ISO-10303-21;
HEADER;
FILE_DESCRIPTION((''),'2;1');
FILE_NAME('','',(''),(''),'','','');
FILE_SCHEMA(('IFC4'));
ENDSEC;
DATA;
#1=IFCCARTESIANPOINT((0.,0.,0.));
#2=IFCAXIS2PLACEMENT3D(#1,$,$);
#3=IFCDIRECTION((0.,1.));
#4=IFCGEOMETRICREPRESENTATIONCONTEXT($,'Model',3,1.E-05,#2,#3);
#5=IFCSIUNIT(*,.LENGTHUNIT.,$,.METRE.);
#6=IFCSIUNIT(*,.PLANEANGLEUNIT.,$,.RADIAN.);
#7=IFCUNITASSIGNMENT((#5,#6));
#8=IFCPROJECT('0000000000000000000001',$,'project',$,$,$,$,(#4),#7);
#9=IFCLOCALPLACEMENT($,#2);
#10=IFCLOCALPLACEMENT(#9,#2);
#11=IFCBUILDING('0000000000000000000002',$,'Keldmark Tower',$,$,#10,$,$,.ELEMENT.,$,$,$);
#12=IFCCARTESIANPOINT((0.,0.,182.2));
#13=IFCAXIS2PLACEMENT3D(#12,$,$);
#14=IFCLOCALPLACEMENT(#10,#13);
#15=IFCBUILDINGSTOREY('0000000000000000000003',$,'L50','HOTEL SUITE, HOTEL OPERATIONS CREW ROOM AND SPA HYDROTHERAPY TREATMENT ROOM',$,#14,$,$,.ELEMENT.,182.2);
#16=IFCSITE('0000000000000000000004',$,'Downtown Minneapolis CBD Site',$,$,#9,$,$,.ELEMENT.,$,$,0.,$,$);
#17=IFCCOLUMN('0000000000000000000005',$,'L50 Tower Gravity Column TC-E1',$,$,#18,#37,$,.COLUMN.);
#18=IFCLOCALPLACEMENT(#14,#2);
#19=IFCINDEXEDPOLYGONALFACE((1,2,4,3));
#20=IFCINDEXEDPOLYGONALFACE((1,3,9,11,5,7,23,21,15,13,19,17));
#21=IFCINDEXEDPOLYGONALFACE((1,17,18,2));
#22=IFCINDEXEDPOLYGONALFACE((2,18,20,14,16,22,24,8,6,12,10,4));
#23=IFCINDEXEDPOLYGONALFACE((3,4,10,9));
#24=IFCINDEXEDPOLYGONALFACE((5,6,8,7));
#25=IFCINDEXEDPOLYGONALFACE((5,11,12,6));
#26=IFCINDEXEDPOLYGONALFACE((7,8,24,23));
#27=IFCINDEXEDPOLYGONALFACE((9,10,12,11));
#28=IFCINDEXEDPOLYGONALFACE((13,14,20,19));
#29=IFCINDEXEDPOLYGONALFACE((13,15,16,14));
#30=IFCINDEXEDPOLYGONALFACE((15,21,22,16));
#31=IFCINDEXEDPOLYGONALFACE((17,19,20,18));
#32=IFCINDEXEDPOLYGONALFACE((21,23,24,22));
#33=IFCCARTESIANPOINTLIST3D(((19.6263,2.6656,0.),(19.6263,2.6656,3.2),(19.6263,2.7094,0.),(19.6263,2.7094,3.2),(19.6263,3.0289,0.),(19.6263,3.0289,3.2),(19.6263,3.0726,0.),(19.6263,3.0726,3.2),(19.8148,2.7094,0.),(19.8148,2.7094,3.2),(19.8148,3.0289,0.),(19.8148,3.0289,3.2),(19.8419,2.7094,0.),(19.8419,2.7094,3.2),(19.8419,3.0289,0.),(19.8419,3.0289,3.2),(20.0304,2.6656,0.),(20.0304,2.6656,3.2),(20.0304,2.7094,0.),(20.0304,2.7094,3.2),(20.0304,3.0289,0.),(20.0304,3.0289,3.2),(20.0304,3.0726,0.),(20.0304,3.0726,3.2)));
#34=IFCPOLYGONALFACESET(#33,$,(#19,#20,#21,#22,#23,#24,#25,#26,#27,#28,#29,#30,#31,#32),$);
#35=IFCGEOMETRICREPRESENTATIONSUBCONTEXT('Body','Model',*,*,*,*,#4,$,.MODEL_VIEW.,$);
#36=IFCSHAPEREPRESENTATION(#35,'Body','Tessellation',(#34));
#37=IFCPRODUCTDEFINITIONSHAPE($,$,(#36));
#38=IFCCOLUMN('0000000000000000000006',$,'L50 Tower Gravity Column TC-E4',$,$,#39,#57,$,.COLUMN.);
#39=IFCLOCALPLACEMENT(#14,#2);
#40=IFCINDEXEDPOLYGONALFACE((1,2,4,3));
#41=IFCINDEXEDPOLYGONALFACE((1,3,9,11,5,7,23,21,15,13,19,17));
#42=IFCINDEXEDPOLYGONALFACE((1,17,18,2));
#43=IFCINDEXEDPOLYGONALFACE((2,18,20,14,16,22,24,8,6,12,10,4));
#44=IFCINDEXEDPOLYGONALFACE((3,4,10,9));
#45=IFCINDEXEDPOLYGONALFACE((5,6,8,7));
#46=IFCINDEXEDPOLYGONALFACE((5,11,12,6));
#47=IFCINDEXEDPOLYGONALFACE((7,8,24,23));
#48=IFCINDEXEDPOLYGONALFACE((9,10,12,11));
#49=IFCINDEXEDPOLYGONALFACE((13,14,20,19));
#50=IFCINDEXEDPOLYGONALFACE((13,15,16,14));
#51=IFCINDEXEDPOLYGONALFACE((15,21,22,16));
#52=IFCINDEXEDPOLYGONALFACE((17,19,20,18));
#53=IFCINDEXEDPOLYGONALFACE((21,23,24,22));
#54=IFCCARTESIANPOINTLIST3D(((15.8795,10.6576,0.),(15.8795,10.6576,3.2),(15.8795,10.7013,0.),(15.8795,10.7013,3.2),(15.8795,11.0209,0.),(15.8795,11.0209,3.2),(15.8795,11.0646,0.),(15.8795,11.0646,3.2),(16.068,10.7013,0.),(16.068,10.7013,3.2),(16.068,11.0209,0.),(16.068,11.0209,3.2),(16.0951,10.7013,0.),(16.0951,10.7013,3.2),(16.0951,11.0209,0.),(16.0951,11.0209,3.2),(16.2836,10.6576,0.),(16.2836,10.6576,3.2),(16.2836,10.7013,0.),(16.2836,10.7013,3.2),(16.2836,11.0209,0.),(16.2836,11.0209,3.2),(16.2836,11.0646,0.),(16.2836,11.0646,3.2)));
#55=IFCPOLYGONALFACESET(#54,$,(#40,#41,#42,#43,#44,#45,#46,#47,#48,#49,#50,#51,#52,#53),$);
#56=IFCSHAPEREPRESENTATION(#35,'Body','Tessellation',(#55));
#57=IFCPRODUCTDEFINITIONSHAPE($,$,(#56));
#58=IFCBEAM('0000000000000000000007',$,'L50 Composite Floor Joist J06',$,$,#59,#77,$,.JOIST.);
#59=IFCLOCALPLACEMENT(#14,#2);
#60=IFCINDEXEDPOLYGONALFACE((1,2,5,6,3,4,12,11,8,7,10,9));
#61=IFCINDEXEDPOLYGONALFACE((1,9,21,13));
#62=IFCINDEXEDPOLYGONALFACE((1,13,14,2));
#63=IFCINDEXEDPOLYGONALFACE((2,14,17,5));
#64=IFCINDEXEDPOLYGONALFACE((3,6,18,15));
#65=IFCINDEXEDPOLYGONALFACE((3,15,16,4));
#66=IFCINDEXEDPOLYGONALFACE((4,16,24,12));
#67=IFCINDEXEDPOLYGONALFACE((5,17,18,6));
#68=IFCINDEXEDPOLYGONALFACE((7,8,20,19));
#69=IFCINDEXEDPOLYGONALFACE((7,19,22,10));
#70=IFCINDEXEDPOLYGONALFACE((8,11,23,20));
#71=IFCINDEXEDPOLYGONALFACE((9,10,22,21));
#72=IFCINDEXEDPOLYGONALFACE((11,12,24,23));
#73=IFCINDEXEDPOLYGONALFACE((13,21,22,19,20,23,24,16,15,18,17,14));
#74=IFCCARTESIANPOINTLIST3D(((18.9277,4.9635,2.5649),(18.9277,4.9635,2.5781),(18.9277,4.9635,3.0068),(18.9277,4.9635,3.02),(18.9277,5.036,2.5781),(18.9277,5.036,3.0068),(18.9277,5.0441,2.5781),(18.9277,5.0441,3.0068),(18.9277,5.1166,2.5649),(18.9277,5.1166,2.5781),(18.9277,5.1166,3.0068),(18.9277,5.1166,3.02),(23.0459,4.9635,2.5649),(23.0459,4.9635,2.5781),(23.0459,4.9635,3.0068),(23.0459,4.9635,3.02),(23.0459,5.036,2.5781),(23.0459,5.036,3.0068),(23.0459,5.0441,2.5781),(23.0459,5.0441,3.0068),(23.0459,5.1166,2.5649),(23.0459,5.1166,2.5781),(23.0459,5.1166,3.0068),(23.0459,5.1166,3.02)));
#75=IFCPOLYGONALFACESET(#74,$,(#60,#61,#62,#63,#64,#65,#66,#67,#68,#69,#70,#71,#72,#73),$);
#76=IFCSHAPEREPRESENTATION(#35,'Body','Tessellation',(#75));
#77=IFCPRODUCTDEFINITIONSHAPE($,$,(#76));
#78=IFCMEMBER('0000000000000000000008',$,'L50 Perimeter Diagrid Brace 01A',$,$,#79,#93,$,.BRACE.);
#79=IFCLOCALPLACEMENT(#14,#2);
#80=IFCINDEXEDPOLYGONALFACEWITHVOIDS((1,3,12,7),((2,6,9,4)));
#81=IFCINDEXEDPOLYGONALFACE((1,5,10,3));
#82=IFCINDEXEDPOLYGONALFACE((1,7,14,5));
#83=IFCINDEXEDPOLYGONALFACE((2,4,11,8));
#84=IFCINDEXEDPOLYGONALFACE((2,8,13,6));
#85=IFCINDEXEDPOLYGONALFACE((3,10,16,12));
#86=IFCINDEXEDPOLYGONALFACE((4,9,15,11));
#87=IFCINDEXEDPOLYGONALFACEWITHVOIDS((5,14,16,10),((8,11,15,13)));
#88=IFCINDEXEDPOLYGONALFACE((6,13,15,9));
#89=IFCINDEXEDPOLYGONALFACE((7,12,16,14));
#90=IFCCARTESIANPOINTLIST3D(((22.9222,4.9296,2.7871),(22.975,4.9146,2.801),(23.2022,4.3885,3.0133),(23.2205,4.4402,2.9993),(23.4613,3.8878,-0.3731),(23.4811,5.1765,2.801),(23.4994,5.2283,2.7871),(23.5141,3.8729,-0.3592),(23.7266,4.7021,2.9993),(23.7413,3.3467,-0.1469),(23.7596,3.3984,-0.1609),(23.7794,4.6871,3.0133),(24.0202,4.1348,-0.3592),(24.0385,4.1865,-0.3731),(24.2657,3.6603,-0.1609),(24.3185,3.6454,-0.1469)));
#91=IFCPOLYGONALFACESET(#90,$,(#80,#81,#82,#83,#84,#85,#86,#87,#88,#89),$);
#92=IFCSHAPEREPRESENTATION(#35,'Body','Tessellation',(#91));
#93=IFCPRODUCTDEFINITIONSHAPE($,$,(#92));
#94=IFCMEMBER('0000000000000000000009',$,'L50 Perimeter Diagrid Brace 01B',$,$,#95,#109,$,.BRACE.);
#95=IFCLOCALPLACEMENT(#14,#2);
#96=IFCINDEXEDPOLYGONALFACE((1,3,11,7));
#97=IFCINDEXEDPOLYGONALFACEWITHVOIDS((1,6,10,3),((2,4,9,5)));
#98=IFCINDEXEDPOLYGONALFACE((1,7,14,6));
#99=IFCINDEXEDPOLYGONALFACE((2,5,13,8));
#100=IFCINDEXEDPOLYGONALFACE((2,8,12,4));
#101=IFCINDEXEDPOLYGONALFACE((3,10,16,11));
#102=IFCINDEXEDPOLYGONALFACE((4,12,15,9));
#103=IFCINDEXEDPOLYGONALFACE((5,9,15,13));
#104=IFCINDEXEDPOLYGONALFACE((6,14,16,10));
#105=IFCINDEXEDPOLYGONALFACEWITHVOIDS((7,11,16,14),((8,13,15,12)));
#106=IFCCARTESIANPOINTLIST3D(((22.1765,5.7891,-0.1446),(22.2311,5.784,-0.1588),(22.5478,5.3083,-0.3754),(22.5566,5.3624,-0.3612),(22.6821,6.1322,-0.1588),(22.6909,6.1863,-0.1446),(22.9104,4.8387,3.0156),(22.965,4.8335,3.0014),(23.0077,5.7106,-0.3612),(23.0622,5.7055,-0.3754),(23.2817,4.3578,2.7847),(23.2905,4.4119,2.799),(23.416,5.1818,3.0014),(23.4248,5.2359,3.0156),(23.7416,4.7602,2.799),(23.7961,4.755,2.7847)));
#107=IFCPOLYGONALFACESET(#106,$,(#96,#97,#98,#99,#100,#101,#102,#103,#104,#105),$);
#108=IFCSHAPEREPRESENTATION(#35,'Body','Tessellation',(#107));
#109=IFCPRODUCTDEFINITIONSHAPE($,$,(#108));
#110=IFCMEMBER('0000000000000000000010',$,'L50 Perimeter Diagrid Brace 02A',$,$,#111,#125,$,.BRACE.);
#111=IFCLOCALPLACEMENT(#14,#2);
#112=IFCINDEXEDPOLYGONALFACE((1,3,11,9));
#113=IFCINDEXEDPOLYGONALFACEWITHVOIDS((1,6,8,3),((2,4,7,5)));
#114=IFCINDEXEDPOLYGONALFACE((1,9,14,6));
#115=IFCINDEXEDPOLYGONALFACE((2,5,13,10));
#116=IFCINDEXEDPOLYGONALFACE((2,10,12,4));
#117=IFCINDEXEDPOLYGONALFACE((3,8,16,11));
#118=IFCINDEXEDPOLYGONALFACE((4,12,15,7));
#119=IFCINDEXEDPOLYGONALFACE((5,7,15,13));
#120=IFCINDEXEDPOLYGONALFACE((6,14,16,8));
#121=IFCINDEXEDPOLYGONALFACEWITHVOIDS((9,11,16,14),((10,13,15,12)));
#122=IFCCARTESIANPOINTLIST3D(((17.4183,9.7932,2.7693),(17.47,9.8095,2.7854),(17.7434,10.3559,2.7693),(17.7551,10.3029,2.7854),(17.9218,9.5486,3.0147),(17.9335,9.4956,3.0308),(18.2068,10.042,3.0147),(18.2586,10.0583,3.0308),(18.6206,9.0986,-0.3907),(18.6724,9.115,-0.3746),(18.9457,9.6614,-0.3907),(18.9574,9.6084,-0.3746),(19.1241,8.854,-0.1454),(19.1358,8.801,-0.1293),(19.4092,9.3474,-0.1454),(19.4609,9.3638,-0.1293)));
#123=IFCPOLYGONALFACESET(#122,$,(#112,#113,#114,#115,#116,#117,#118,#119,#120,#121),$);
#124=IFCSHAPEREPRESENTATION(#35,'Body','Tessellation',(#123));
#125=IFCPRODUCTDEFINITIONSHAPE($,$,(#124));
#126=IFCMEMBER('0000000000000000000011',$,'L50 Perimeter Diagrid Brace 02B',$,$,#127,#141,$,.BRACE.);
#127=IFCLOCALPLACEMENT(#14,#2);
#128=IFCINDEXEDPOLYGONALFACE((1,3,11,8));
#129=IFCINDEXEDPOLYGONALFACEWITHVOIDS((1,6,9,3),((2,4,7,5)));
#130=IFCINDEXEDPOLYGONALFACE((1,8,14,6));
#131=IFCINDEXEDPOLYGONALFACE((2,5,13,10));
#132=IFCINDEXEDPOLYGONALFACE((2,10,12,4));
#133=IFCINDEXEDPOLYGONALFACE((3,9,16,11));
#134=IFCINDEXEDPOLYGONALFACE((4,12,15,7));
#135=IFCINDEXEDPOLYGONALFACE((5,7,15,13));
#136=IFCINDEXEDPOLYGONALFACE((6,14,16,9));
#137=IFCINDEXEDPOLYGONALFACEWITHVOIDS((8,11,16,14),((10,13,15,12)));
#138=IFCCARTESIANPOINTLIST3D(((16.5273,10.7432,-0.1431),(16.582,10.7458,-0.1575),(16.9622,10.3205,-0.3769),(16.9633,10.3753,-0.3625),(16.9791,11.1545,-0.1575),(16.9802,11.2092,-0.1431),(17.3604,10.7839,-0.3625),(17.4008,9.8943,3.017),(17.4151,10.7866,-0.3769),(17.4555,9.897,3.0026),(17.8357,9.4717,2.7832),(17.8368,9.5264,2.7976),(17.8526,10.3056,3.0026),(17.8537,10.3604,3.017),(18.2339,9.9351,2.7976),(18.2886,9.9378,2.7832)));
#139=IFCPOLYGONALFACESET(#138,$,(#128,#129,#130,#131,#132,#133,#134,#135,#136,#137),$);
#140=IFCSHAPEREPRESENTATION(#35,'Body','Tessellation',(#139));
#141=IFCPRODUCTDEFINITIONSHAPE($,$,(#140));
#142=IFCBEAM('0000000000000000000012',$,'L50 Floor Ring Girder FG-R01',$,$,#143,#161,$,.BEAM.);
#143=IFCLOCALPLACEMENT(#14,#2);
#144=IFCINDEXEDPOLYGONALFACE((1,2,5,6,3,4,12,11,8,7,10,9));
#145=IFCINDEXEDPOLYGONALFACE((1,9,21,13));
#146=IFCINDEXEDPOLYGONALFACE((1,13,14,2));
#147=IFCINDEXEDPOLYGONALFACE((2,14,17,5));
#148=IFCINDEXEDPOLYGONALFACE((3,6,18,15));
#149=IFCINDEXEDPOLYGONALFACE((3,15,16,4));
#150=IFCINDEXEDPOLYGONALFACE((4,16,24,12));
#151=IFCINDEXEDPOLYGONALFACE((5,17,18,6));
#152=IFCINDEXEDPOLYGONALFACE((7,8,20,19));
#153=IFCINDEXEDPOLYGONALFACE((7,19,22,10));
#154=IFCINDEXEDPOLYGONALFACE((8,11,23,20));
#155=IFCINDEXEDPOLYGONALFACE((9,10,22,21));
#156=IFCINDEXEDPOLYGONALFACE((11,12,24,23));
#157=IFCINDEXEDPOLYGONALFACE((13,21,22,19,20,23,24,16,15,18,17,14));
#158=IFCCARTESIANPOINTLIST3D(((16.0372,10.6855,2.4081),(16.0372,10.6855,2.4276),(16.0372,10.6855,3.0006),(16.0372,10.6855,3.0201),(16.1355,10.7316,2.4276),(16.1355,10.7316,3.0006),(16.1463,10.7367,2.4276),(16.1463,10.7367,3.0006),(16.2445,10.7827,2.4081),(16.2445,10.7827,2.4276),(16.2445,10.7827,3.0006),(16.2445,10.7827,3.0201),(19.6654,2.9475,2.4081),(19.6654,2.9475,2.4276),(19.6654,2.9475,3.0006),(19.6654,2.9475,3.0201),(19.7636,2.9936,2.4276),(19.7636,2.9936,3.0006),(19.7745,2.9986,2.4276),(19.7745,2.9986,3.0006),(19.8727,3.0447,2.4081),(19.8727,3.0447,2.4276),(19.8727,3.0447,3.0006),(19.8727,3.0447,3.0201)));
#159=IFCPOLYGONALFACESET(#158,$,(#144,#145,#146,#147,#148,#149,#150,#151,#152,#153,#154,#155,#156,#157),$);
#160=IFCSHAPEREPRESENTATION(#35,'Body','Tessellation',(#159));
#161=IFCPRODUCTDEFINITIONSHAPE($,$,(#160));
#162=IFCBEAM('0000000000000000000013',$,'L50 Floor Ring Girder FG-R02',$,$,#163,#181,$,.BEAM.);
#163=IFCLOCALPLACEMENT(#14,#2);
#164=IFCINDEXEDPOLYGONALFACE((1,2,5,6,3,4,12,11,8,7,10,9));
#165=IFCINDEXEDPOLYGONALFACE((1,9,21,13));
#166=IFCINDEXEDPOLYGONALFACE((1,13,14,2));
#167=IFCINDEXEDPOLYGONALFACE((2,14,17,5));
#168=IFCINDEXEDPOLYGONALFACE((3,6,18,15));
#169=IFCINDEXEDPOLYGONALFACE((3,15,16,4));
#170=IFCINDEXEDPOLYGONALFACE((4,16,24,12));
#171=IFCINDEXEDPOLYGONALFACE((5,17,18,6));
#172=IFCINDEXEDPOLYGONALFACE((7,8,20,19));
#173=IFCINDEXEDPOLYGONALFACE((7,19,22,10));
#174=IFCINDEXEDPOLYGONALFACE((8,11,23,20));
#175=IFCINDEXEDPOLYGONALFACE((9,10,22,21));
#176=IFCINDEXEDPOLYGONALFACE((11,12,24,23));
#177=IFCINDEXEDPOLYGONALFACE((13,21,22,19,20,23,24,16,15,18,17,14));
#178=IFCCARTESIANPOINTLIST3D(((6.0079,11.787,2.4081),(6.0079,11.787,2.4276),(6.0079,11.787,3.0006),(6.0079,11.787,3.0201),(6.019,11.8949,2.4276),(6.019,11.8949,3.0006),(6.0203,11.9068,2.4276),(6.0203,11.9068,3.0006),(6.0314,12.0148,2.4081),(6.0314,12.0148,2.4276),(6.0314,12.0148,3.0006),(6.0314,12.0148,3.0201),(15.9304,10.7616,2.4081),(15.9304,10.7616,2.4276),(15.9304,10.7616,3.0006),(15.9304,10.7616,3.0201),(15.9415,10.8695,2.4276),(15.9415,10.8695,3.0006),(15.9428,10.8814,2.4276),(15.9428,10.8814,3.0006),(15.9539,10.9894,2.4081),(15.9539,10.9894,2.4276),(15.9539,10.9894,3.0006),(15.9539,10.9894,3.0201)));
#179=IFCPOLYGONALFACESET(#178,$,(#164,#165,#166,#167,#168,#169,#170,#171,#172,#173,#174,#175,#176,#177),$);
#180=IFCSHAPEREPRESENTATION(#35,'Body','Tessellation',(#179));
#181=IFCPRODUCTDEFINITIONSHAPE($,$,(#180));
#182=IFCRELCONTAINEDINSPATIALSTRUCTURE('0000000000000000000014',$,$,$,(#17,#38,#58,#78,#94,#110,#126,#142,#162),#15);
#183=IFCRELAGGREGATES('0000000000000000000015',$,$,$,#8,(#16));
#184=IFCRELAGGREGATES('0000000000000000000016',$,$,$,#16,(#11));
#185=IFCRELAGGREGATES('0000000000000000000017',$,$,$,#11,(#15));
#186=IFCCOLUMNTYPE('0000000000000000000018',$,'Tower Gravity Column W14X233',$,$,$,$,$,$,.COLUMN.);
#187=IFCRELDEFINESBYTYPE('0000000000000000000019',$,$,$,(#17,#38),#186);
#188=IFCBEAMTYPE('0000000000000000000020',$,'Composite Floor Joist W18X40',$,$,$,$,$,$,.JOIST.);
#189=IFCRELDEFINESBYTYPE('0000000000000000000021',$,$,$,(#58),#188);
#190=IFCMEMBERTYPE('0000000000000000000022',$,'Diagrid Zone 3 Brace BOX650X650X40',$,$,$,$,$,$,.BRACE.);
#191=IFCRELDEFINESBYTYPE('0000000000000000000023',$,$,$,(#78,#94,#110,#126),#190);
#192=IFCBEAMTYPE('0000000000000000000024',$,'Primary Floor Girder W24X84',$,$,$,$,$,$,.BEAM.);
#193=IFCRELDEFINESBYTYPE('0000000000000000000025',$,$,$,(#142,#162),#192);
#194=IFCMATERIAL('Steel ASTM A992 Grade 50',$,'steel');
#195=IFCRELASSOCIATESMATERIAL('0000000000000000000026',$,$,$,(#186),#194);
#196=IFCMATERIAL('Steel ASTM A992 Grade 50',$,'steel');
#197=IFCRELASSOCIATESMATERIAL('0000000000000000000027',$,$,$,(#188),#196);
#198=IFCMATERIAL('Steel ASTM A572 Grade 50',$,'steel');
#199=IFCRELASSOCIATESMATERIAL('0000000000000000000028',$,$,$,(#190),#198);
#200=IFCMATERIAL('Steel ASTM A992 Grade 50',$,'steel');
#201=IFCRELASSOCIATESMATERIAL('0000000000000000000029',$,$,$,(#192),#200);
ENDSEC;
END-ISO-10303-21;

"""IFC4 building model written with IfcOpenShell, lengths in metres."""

from ifc_helpers import new_model, si_unit, direction, frame, origin, origin_2d, place, context, subcontext, project, spatial, hollow_rectangle, i_section, extrude, material, material_profile, profile_set, type_object, element, save


model = new_model("IFC4")

# Units and contexts
model_context = context("Model", 3, precision=1e-05, world=origin(), true_north=direction((0.0, 1.0)))
body_context = subcontext(model_context, "Body", "Model", "MODEL_VIEW")
ifc_project = project(units=[si_unit("LENGTHUNIT", "METRE"), si_unit("PLANEANGLEUNIT", "RADIAN")], contexts=[model_context])

# Site, building, storey
site_placement = place(None, origin())
site = spatial("IfcSite", under=ifc_project, at=site_placement, Name="Downtown Minneapolis CBD Site", CompositionType="ELEMENT", RefElevation=0.0)
building_placement = place(site_placement, origin())
building = spatial("IfcBuilding", under=site, at=building_placement, Name="Keldmark Tower", CompositionType="ELEMENT")
storey_placement = place(building_placement, frame((0.0, 0.0, 182.2)))
storey = spatial("IfcBuildingStorey", under=building, at=storey_placement, Name="L50", Description="HOTEL SUITE, HOTEL OPERATIONS CREW ROOM AND SPA HYDROTHERAPY TREATMENT ROOM", CompositionType="ELEMENT", Elevation=182.2)

# Columns
ifc_material_1 = material(Name="Steel ASTM A992 Grade 50", Category="steel")
ifc_material_profile_1 = material_profile(ifc_material_1, i_section(OverallWidth=0.4041, OverallDepth=0.407, WebThickness=0.0271, FlangeThickness=0.0437, at=origin_2d()), Name="W14X233")
ifc_profile_set_1 = profile_set([ifc_material_profile_1], Name="Steel ASTM A992 Grade 50")
column_type = type_object("IfcColumnType", Name="Tower Gravity Column W14X233", PredefinedType="COLUMN", material=ifc_profile_set_1)
for number, where, z_axis, x_axis, name in (
    (1, (19.8284, 2.8691, 0.0), (0.0, 0.0, 1.0), (1.0, 0.0, 0.0), "L50 Tower Gravity Column TC-E1"),
    (2, (16.0815, 10.8611, 0.0), (0.0, 0.0, 1.0), (1.0, 0.0, 0.0), "L50 Tower Gravity Column TC-E4"),
):
    element("IfcColumn", number, at=place(storey_placement, frame(where, z_axis=z_axis, x_axis=x_axis)), inside=storey, type_object=column_type, Name=name, PredefinedType="COLUMN", context=body_context, shape_type="SweptSolid", body=[
        extrude(i_section(OverallWidth=0.4041, OverallDepth=0.407, WebThickness=0.0271, FlangeThickness=0.0437, at=origin_2d()), origin(), (0.0, 0.0, 1.0), 3.2),
    ])

# Beam
ifc_material_2 = material(Name="Steel ASTM A992 Grade 50", Category="steel")
ifc_material_profile_2 = material_profile(ifc_material_2, i_section(OverallWidth=0.1531, OverallDepth=0.4551, WebThickness=0.0081, FlangeThickness=0.0132, at=origin_2d()), Name="W18X40")
ifc_profile_set_2 = profile_set([ifc_material_profile_2], Name="Steel ASTM A992 Grade 50")
beam_type_1 = type_object("IfcBeamType", Name="Composite Floor Joist W18X40", PredefinedType="JOIST", material=ifc_profile_set_2)
beam_1_placement = place(storey_placement, frame((18.9277, 5.04, 2.7925), z_axis=(1.0, 0.0, 0.0), x_axis=(0.0, 1.0, 0.0)))
element("IfcBeam", 3, at=beam_1_placement, inside=storey, type_object=beam_type_1, Name="L50 Composite Floor Joist J06", PredefinedType="JOIST", context=body_context, shape_type="SweptSolid", body=[
    extrude(i_section(OverallWidth=0.1531, OverallDepth=0.4551, WebThickness=0.0081, FlangeThickness=0.0132, at=origin_2d()), origin(), (0.0, 0.0, 1.0), 4.1182),
])

# Members
ifc_material_3 = material(Name="Steel ASTM A572 Grade 50", Category="steel")
ifc_material_profile_3 = material_profile(ifc_material_3, hollow_rectangle(XDim=0.6499, YDim=0.6499, WallThickness=0.04, at=origin_2d()), Name="BOX650X650X40")
ifc_profile_set_3 = profile_set([ifc_material_profile_3], Name="Steel ASTM A572 Grade 50")
member_type = type_object("IfcMemberType", Name="Diagrid Zone 3 Brace BOX650X650X40", PredefinedType="BRACE", material=ifc_profile_set_3)
member_1_placement = place(storey_placement, frame((23.8899, 3.7666, -0.26), z_axis=(-0.15992, 0.309049, 0.937504), x_axis=(-0.888139, -0.459576, 0.0)))
element("IfcMember", 4, at=member_1_placement, inside=storey, type_object=member_type, Name="L50 Perimeter Diagrid Brace 01A", PredefinedType="BRACE", context=body_context, shape_type="SweptSolid", body=[
    extrude(hollow_rectangle(XDim=0.6499, YDim=0.6499, WallThickness=0.04, at=origin_2d()), origin(), (0.0, 0.0, 1.0), 3.3708),
])
member_2_placement = place(storey_placement, frame((22.6194, 5.7473, -0.26), z_axis=(0.217087, -0.281145, 0.934789), x_axis=(0.791504, 0.611164, 0.0)))
element("IfcMember", 5, at=member_2_placement, inside=storey, type_object=member_type, Name="L50 Perimeter Diagrid Brace 01B", PredefinedType="BRACE", context=body_context, shape_type="SweptSolid", body=[
    extrude(hollow_rectangle(XDim=0.6499, YDim=0.6499, WallThickness=0.04, at=origin_2d()), origin(), (0.0, 0.0, 1.0), 3.3806),
])
member_3_placement = place(storey_placement, frame((19.0408, 9.2312, -0.26), z_axis=(-0.34834, 0.201224, 0.915515), x_axis=(-0.500204, -0.865907, 0.0)))
element("IfcMember", 6, at=member_3_placement, inside=storey, type_object=member_type, Name="L50 Perimeter Diagrid Brace 02A", PredefinedType="BRACE", context=body_context, shape_type="SweptSolid", body=[
    extrude(hollow_rectangle(XDim=0.6499, YDim=0.6499, WallThickness=0.04, at=origin_2d()), origin(), (0.0, 0.0, 1.0), 3.4517),
])
member_4_placement = place(storey_placement, frame((16.9712, 10.7649, -0.26), z_axis=(0.257925, -0.250645, 0.933087), x_axis=(0.696912, 0.717156, 0.0)))
element("IfcMember", 7, at=member_4_placement, inside=storey, type_object=member_type, Name="L50 Perimeter Diagrid Brace 02B", PredefinedType="BRACE", context=body_context, shape_type="SweptSolid", body=[
    extrude(hollow_rectangle(XDim=0.6499, YDim=0.6499, WallThickness=0.04, at=origin_2d()), origin(), (0.0, 0.0, 1.0), 3.3867),
])

# Beams
ifc_material_4 = material(Name="Steel ASTM A992 Grade 50", Category="steel")
ifc_material_profile_4 = material_profile(ifc_material_4, i_section(OverallWidth=0.229, OverallDepth=0.6121, WebThickness=0.012, FlangeThickness=0.0195, at=origin_2d()), Name="W24X84")
ifc_profile_set_4 = profile_set([ifc_material_profile_4], Name="Steel ASTM A992 Grade 50")
beam_type_2 = type_object("IfcBeamType", Name="Primary Floor Girder W24X84", PredefinedType="BEAM", material=ifc_profile_set_4)
beam_2_placement = place(storey_placement, frame((19.769, 2.9961, 2.7141), z_axis=(-0.424527, 0.905415, 0.0), x_axis=(-0.905415, -0.424527, 0.0)))
element("IfcBeam", 8, at=beam_2_placement, inside=storey, type_object=beam_type_2, Name="L50 Floor Ring Girder FG-R01", PredefinedType="BEAM", context=body_context, shape_type="SweptSolid", body=[
    extrude(i_section(OverallWidth=0.229, OverallDepth=0.6121, WebThickness=0.012, FlangeThickness=0.0195, at=origin_2d()), origin(), (0.0, 0.0, 1.0), 8.5464),
])
beam_3_placement = place(storey_placement, frame((15.9421, 10.8755, 2.7141), z_axis=(-0.994703, 0.102791, 0.0), x_axis=(-0.102791, -0.994703, 0.0)))
element("IfcBeam", 9, at=beam_3_placement, inside=storey, type_object=beam_type_2, Name="L50 Floor Ring Girder FG-R02", PredefinedType="BEAM", context=body_context, shape_type="SweptSolid", body=[
    extrude(i_section(OverallWidth=0.229, OverallDepth=0.6121, WebThickness=0.012, FlangeThickness=0.0195, at=origin_2d()), origin(), (0.0, 0.0, 1.0), 9.9753),
])

save(model, "model.ifc")
